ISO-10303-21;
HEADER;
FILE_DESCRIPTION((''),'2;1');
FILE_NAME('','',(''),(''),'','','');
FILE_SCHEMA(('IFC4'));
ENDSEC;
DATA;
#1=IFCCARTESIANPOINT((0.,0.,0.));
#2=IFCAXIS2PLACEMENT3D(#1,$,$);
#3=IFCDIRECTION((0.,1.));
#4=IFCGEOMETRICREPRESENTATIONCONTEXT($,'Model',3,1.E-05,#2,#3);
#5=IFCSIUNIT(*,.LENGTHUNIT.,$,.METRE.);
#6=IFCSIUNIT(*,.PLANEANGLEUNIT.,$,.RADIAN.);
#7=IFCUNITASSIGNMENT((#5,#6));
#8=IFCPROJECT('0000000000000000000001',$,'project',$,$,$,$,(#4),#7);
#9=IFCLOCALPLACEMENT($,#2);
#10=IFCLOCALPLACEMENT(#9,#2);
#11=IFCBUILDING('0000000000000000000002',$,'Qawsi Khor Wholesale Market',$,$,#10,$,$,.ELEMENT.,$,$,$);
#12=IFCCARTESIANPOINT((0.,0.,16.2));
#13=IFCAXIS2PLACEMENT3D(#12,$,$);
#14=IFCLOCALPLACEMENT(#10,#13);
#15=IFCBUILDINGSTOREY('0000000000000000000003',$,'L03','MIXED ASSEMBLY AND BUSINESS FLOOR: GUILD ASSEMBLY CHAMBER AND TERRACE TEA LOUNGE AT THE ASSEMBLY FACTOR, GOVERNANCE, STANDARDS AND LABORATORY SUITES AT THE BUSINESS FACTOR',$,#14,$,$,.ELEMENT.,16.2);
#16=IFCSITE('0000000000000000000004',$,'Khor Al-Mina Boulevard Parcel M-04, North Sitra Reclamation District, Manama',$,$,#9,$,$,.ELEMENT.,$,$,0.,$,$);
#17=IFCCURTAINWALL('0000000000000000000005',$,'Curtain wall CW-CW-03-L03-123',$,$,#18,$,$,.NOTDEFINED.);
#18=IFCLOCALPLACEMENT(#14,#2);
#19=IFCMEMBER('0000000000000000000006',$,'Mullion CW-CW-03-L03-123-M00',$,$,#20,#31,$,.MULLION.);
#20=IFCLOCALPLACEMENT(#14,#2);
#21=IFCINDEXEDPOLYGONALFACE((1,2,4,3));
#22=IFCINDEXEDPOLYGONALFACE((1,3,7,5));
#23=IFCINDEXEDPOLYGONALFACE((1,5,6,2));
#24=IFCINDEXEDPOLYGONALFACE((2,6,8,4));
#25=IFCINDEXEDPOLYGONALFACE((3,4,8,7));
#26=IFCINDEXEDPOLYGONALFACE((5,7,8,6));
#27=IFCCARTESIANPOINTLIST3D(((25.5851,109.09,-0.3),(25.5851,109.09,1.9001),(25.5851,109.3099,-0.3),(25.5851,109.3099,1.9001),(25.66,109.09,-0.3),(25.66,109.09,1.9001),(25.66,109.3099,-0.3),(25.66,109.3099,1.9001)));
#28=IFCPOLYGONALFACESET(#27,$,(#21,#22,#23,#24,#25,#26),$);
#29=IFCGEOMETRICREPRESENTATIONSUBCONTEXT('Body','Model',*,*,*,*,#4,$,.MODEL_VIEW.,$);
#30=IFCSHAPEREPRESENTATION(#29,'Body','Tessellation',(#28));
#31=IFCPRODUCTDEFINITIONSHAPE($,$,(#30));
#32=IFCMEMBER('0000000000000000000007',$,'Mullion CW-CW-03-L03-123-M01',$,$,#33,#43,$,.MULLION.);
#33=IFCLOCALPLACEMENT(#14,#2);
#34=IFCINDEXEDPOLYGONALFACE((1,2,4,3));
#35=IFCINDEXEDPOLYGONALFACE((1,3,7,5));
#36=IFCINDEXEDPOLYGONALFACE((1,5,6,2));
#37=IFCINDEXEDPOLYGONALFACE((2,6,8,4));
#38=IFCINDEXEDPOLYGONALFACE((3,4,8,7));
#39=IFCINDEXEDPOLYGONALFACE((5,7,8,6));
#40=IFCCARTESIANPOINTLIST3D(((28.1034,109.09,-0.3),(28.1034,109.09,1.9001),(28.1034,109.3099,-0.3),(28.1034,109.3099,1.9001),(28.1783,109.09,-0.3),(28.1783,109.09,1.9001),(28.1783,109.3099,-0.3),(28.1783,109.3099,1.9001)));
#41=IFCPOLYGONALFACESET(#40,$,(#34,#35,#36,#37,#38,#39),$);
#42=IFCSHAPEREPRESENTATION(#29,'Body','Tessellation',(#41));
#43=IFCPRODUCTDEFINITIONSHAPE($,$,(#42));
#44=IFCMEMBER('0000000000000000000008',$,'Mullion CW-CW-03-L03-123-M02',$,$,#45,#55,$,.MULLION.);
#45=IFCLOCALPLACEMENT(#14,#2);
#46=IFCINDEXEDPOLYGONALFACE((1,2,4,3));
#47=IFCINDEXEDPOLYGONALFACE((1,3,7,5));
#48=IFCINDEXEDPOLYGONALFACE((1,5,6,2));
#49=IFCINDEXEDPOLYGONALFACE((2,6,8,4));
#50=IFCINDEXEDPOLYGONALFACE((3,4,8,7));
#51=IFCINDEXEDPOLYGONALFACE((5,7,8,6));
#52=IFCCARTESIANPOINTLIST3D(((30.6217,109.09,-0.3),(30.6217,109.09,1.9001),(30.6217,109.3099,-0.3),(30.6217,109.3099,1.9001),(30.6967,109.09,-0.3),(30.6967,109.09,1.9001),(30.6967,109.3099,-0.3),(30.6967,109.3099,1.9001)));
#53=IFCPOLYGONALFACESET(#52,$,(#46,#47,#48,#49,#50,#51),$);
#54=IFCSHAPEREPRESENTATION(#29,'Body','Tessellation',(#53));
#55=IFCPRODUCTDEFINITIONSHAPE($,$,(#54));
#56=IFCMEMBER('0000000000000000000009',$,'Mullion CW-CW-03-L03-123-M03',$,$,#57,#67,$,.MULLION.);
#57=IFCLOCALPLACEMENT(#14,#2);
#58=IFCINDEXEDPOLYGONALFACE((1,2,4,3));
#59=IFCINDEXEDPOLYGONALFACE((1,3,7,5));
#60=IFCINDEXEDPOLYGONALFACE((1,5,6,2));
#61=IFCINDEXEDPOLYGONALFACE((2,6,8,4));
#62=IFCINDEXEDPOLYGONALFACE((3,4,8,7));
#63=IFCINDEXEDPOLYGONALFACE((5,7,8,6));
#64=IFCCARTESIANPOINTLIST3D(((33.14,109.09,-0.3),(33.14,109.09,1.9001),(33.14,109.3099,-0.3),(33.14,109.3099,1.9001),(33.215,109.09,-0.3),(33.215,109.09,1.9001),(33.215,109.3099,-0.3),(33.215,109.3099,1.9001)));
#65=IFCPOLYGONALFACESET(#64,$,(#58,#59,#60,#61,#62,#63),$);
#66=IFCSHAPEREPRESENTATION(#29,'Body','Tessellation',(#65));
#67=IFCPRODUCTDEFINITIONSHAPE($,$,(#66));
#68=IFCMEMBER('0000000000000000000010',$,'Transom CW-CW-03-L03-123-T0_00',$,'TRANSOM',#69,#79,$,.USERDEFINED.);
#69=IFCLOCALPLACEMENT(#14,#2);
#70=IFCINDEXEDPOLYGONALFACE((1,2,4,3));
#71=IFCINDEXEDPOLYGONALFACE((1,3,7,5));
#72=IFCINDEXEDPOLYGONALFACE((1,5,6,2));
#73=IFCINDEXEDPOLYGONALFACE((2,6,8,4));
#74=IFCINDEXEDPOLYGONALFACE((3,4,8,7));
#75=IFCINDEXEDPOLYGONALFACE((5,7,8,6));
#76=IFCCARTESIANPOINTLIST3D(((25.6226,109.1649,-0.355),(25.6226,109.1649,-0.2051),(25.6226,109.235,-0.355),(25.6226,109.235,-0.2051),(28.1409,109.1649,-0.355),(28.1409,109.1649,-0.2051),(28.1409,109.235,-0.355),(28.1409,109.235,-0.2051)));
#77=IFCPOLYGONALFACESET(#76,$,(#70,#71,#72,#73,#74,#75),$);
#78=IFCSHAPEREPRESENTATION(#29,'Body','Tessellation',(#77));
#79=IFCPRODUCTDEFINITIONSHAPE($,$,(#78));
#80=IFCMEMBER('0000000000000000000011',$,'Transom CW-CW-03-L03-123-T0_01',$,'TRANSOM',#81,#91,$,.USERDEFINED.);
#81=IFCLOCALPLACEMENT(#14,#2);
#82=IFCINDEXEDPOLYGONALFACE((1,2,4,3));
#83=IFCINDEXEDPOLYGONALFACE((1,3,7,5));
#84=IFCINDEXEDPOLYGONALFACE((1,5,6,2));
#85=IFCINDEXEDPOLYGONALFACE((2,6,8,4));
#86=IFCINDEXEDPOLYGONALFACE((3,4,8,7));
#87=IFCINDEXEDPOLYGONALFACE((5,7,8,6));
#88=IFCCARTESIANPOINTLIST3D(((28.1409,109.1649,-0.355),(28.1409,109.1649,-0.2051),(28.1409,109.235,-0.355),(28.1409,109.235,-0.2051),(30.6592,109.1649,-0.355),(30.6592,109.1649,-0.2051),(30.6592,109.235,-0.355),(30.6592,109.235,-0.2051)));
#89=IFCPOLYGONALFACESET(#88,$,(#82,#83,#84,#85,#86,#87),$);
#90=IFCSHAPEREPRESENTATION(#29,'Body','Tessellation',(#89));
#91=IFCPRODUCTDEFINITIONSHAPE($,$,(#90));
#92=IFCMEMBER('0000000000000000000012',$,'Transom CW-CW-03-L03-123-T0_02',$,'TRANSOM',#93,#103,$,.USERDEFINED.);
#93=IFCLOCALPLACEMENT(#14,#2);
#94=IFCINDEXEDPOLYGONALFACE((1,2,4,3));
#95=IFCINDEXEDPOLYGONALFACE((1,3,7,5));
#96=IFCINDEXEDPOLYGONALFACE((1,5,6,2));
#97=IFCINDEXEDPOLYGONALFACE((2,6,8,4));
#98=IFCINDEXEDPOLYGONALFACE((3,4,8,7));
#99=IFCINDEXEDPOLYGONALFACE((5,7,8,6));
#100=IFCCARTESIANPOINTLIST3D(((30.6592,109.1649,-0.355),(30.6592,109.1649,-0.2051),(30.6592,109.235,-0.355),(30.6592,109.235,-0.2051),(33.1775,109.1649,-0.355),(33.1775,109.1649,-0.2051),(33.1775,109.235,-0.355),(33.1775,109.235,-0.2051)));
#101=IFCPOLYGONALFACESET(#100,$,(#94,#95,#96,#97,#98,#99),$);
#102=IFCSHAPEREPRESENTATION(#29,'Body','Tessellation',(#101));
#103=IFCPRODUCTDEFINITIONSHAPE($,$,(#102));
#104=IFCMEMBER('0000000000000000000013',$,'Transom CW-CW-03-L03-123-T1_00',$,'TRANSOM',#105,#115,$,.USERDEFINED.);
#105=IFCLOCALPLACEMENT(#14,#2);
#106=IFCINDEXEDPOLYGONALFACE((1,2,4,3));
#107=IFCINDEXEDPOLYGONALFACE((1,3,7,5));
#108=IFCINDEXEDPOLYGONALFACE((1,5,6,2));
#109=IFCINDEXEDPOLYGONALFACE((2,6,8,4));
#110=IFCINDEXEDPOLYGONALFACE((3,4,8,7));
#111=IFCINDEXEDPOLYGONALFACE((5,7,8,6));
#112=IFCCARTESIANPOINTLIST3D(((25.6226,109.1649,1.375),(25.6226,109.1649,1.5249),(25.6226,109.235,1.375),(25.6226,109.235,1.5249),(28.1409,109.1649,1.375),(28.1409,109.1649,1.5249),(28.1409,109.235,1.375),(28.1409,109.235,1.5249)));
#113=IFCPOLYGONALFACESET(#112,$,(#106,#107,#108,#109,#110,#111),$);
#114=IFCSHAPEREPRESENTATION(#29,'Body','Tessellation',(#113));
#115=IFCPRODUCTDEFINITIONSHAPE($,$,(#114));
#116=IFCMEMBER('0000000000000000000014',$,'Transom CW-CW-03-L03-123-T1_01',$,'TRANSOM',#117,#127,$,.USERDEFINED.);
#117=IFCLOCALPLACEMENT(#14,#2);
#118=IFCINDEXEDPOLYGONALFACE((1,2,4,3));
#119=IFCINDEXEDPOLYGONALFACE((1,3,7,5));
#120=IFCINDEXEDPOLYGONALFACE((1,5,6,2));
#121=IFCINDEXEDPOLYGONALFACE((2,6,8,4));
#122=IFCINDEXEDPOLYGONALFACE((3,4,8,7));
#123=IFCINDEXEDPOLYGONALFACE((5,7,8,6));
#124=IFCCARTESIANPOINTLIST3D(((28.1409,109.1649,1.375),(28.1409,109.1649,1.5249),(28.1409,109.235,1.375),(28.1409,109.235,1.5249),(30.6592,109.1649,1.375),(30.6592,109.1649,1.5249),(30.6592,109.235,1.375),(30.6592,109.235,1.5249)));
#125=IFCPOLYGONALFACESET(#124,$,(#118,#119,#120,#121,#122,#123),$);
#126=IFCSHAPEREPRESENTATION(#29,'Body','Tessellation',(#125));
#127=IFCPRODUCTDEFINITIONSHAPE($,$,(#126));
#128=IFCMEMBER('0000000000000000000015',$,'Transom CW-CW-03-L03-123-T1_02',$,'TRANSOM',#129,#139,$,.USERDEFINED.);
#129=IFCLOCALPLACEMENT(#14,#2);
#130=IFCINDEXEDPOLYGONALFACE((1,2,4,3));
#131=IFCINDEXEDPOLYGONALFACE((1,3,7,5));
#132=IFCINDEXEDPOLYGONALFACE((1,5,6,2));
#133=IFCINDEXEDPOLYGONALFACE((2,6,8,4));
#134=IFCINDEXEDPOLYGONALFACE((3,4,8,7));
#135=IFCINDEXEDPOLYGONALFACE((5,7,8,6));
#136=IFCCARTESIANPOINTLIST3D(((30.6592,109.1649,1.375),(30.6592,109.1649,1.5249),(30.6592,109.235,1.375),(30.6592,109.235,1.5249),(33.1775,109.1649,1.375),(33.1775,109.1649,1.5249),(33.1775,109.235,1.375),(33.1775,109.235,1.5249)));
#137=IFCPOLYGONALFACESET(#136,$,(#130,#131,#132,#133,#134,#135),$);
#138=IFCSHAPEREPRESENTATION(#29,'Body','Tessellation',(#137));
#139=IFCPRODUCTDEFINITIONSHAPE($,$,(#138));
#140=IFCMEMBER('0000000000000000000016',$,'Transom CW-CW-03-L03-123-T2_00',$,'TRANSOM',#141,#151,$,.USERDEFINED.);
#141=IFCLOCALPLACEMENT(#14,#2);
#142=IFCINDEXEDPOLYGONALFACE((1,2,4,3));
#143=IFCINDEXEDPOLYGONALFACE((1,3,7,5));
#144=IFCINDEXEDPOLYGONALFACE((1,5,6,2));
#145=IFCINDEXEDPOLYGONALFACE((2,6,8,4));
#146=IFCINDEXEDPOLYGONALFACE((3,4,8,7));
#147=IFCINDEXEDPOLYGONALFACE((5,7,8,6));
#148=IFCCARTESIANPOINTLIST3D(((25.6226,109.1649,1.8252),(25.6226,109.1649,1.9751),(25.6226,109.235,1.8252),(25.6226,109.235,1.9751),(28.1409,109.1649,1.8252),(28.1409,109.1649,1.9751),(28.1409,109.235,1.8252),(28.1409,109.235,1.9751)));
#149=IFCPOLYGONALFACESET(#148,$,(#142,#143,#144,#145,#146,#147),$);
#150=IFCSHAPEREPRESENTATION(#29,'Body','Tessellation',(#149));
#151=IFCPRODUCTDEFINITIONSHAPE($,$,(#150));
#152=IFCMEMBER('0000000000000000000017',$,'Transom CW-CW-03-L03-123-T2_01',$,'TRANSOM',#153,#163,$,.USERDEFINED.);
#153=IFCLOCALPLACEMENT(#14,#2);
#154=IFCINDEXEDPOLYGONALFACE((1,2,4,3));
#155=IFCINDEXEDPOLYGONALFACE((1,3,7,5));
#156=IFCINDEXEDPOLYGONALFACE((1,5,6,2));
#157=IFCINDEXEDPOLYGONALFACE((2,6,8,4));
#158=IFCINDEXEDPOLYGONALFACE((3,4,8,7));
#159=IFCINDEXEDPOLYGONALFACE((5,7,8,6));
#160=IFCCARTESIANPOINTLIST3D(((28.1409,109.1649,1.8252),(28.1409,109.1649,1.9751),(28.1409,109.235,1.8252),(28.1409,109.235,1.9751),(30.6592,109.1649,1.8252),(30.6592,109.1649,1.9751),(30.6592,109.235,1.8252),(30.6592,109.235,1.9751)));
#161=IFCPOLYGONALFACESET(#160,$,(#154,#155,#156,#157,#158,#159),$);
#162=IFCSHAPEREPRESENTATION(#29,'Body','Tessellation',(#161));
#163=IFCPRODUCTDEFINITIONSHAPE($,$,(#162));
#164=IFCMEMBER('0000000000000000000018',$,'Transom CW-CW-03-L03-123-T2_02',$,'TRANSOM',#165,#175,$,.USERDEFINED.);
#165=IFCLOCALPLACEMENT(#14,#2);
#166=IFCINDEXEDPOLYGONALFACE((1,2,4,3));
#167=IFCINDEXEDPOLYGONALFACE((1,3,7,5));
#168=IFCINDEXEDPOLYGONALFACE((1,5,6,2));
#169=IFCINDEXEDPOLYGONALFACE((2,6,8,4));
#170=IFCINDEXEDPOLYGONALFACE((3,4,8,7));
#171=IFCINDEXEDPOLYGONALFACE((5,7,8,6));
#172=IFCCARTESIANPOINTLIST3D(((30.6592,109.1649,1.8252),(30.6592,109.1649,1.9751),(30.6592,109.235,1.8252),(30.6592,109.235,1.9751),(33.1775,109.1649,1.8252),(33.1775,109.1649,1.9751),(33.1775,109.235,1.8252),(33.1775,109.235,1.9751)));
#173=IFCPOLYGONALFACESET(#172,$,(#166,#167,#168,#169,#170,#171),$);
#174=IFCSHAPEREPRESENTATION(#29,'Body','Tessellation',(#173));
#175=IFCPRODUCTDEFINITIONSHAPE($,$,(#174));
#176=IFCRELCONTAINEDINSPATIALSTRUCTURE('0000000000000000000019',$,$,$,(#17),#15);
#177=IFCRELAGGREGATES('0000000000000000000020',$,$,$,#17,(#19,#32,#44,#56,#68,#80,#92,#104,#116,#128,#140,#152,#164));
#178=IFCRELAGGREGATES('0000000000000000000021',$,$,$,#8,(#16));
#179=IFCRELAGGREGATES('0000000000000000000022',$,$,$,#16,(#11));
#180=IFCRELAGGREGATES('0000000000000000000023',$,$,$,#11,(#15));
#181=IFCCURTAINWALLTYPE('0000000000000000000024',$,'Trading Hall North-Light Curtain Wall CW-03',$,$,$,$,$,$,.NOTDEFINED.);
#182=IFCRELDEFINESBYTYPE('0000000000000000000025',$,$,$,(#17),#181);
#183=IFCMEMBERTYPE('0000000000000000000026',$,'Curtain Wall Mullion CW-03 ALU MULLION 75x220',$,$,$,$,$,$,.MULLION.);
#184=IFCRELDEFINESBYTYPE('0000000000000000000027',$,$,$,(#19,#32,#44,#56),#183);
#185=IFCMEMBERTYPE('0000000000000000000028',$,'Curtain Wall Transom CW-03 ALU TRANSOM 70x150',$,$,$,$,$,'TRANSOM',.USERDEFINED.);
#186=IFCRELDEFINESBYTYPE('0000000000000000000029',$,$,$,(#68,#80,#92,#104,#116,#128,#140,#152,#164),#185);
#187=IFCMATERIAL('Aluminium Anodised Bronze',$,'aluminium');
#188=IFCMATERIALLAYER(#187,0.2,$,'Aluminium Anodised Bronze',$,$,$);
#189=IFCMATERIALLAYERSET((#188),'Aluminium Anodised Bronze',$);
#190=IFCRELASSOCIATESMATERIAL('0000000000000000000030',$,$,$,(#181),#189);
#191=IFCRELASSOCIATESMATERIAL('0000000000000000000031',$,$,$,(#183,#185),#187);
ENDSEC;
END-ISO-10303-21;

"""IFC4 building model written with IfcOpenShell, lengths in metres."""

from ifc_helpers import new_model, si_unit, direction, frame, origin, origin_2d, place, context, subcontext, project, spatial, rectangle, extrude, material, layer, layer_set, material_profile, profile_set, type_object, element, aggregate, save


model = new_model("IFC4")

# Units and contexts
model_context = context("Model", 3, precision=1e-05, world=origin(), true_north=direction((0.0, 1.0)))
body_context = subcontext(model_context, "Body", "Model", "MODEL_VIEW")
ifc_project = project(units=[si_unit("LENGTHUNIT", "METRE"), si_unit("PLANEANGLEUNIT", "RADIAN")], contexts=[model_context])

# Site, building, storey
site_placement = place(None, origin())
site = spatial("IfcSite", under=ifc_project, at=site_placement, Name="Khor Al-Mina Boulevard Parcel M-04, North Sitra Reclamation District, Manama", CompositionType="ELEMENT", RefElevation=0.0)
building_placement = place(site_placement, origin())
building = spatial("IfcBuilding", under=site, at=building_placement, Name="Qawsi Khor Wholesale Market", CompositionType="ELEMENT")
storey_placement = place(building_placement, frame((0.0, 0.0, 16.2)))
storey = spatial("IfcBuildingStorey", under=building, at=storey_placement, Name="L03", Description="MIXED ASSEMBLY AND BUSINESS FLOOR: GUILD ASSEMBLY CHAMBER AND TERRACE TEA LOUNGE AT THE ASSEMBLY FACTOR, GOVERNANCE, STANDARDS AND LABORATORY SUITES AT THE BUSINESS FACTOR", CompositionType="ELEMENT", Elevation=16.2)

# Curtain wall, members
ifc_material_1 = material(Name="Aluminium Anodised Bronze", Category="aluminium")
ifc_layer_1 = layer(ifc_material_1, 0.2, Name="Aluminium Anodised Bronze")
ifc_layer_set_1 = layer_set([ifc_layer_1], Name="Aluminium Anodised Bronze")
curtain_wall_type = type_object("IfcCurtainWallType", Name="Trading Hall North-Light Curtain Wall CW-03", PredefinedType="NOTDEFINED", material=ifc_layer_set_1)
curtain_wall_placement = place(storey_placement, origin())
curtain_wall = element("IfcCurtainWall", 1, at=curtain_wall_placement, inside=storey, type_object=curtain_wall_type, Name="Curtain wall CW-CW-03-L03-123", PredefinedType="NOTDEFINED")
ifc_material_profile_1 = material_profile(ifc_material_1, rectangle(XDim=0.075, YDim=0.22, at=origin_2d()), Name="ALU MULLION 75x220")
ifc_profile_set_1 = profile_set([ifc_material_profile_1], Name="Aluminium Anodised Bronze")
member_type_1 = type_object("IfcMemberType", Name="Curtain Wall Mullion CW-03 ALU MULLION 75x220", PredefinedType="MULLION", material=ifc_profile_set_1)
member_1_placement = place(storey_placement, frame((25.6226, 109.2, -0.3), z_axis=(0.0, 0.0, 1.0), x_axis=(1.0, 0.0, 0.0)))
member_1 = element("IfcMember", 2, at=member_1_placement, type_object=member_type_1, Name="Mullion CW-CW-03-L03-123-M00", PredefinedType="MULLION", context=body_context, shape_type="SweptSolid", body=[
    extrude(rectangle(XDim=0.075, YDim=0.22, at=origin_2d()), origin(), (0.0, 0.0, 1.0), 2.2002),
])
member_2_placement = place(storey_placement, frame((28.1409, 109.2, -0.3), z_axis=(0.0, 0.0, 1.0), x_axis=(1.0, 0.0, 0.0)))
member_2 = element("IfcMember", 3, at=member_2_placement, type_object=member_type_1, Name="Mullion CW-CW-03-L03-123-M01", PredefinedType="MULLION", context=body_context, shape_type="SweptSolid", body=[
    extrude(rectangle(XDim=0.075, YDim=0.22, at=origin_2d()), origin(), (0.0, 0.0, 1.0), 2.2002),
])
member_3_placement = place(storey_placement, frame((30.6592, 109.2, -0.3), z_axis=(0.0, 0.0, 1.0), x_axis=(1.0, 0.0, 0.0)))
member_3 = element("IfcMember", 4, at=member_3_placement, type_object=member_type_1, Name="Mullion CW-CW-03-L03-123-M02", PredefinedType="MULLION", context=body_context, shape_type="SweptSolid", body=[
    extrude(rectangle(XDim=0.075, YDim=0.22, at=origin_2d()), origin(), (0.0, 0.0, 1.0), 2.2002),
])
member_4_placement = place(storey_placement, frame((33.1775, 109.2, -0.3), z_axis=(0.0, 0.0, 1.0), x_axis=(1.0, 0.0, 0.0)))
member_4 = element("IfcMember", 5, at=member_4_placement, type_object=member_type_1, Name="Mullion CW-CW-03-L03-123-M03", PredefinedType="MULLION", context=body_context, shape_type="SweptSolid", body=[
    extrude(rectangle(XDim=0.075, YDim=0.22, at=origin_2d()), origin(), (0.0, 0.0, 1.0), 2.2002),
])
ifc_material_profile_2 = material_profile(ifc_material_1, rectangle(XDim=0.0701, YDim=0.1499, at=origin_2d()), Name="ALU TRANSOM 70x150")
ifc_profile_set_2 = profile_set([ifc_material_profile_2], Name="Aluminium Anodised Bronze")
member_type_2 = type_object("IfcMemberType", Name="Curtain Wall Transom CW-03 ALU TRANSOM 70x150", ElementType="TRANSOM", PredefinedType="USERDEFINED", material=ifc_profile_set_2)
member_5_placement = place(storey_placement, frame((25.6226, 109.2, -0.28), z_axis=(1.0, 0.0, 0.0), x_axis=(0.0, 1.0, 0.0)))
member_5 = element("IfcMember", 6, at=member_5_placement, type_object=member_type_2, Name="Transom CW-CW-03-L03-123-T0_00", ObjectType="TRANSOM", PredefinedType="USERDEFINED", context=body_context, shape_type="SweptSolid", body=[
    extrude(rectangle(XDim=0.0701, YDim=0.1499, at=origin_2d()), origin(), (0.0, 0.0, 1.0), 2.5183),
])
member_6_placement = place(storey_placement, frame((28.1409, 109.2, -0.28), z_axis=(1.0, 0.0, 0.0), x_axis=(0.0, 1.0, 0.0)))
member_6 = element("IfcMember", 7, at=member_6_placement, type_object=member_type_2, Name="Transom CW-CW-03-L03-123-T0_01", ObjectType="TRANSOM", PredefinedType="USERDEFINED", context=body_context, shape_type="SweptSolid", body=[
    extrude(rectangle(XDim=0.0701, YDim=0.1499, at=origin_2d()), origin(), (0.0, 0.0, 1.0), 2.5183),
])
member_7_placement = place(storey_placement, frame((30.6592, 109.2, -0.28), z_axis=(1.0, 0.0, 0.0), x_axis=(0.0, 1.0, 0.0)))
member_7 = element("IfcMember", 8, at=member_7_placement, type_object=member_type_2, Name="Transom CW-CW-03-L03-123-T0_02", ObjectType="TRANSOM", PredefinedType="USERDEFINED", context=body_context, shape_type="SweptSolid", body=[
    extrude(rectangle(XDim=0.0701, YDim=0.1499, at=origin_2d()), origin(), (0.0, 0.0, 1.0), 2.5183),
])
member_8_placement = place(storey_placement, frame((25.6226, 109.2, 1.45), z_axis=(1.0, 0.0, 0.0), x_axis=(0.0, 1.0, 0.0)))
member_8 = element("IfcMember", 9, at=member_8_placement, type_object=member_type_2, Name="Transom CW-CW-03-L03-123-T1_00", ObjectType="TRANSOM", PredefinedType="USERDEFINED", context=body_context, shape_type="SweptSolid", body=[
    extrude(rectangle(XDim=0.0701, YDim=0.1499, at=origin_2d()), origin(), (0.0, 0.0, 1.0), 2.5183),
])
member_9_placement = place(storey_placement, frame((28.1409, 109.2, 1.45), z_axis=(1.0, 0.0, 0.0), x_axis=(0.0, 1.0, 0.0)))
member_9 = element("IfcMember", 10, at=member_9_placement, type_object=member_type_2, Name="Transom CW-CW-03-L03-123-T1_01", ObjectType="TRANSOM", PredefinedType="USERDEFINED", context=body_context, shape_type="SweptSolid", body=[
    extrude(rectangle(XDim=0.0701, YDim=0.1499, at=origin_2d()), origin(), (0.0, 0.0, 1.0), 2.5183),
])
member_10_placement = place(storey_placement, frame((30.6592, 109.2, 1.45), z_axis=(1.0, 0.0, 0.0), x_axis=(0.0, 1.0, 0.0)))
member_10 = element("IfcMember", 11, at=member_10_placement, type_object=member_type_2, Name="Transom CW-CW-03-L03-123-T1_02", ObjectType="TRANSOM", PredefinedType="USERDEFINED", context=body_context, shape_type="SweptSolid", body=[
    extrude(rectangle(XDim=0.0701, YDim=0.1499, at=origin_2d()), origin(), (0.0, 0.0, 1.0), 2.5183),
])
member_11_placement = place(storey_placement, frame((25.6226, 109.2, 1.9001), z_axis=(1.0, 0.0, 0.0), x_axis=(0.0, 1.0, 0.0)))
member_11 = element("IfcMember", 12, at=member_11_placement, type_object=member_type_2, Name="Transom CW-CW-03-L03-123-T2_00", ObjectType="TRANSOM", PredefinedType="USERDEFINED", context=body_context, shape_type="SweptSolid", body=[
    extrude(rectangle(XDim=0.0701, YDim=0.1499, at=origin_2d()), origin(), (0.0, 0.0, 1.0), 2.5183),
])
member_12_placement = place(storey_placement, frame((28.1409, 109.2, 1.9001), z_axis=(1.0, 0.0, 0.0), x_axis=(0.0, 1.0, 0.0)))
member_12 = element("IfcMember", 13, at=member_12_placement, type_object=member_type_2, Name="Transom CW-CW-03-L03-123-T2_01", ObjectType="TRANSOM", PredefinedType="USERDEFINED", context=body_context, shape_type="SweptSolid", body=[
    extrude(rectangle(XDim=0.0701, YDim=0.1499, at=origin_2d()), origin(), (0.0, 0.0, 1.0), 2.5183),
])
member_13_placement = place(storey_placement, frame((30.6592, 109.2, 1.9001), z_axis=(1.0, 0.0, 0.0), x_axis=(0.0, 1.0, 0.0)))
member_13 = element("IfcMember", 14, at=member_13_placement, type_object=member_type_2, Name="Transom CW-CW-03-L03-123-T2_02", ObjectType="TRANSOM", PredefinedType="USERDEFINED", context=body_context, shape_type="SweptSolid", body=[
    extrude(rectangle(XDim=0.0701, YDim=0.1499, at=origin_2d()), origin(), (0.0, 0.0, 1.0), 2.5183),
])

aggregate(curtain_wall, [member_1, member_2, member_3, member_4, member_5, member_6, member_7, member_8, member_9, member_10, member_11, member_12, member_13])

save(model, "model.ifc")
